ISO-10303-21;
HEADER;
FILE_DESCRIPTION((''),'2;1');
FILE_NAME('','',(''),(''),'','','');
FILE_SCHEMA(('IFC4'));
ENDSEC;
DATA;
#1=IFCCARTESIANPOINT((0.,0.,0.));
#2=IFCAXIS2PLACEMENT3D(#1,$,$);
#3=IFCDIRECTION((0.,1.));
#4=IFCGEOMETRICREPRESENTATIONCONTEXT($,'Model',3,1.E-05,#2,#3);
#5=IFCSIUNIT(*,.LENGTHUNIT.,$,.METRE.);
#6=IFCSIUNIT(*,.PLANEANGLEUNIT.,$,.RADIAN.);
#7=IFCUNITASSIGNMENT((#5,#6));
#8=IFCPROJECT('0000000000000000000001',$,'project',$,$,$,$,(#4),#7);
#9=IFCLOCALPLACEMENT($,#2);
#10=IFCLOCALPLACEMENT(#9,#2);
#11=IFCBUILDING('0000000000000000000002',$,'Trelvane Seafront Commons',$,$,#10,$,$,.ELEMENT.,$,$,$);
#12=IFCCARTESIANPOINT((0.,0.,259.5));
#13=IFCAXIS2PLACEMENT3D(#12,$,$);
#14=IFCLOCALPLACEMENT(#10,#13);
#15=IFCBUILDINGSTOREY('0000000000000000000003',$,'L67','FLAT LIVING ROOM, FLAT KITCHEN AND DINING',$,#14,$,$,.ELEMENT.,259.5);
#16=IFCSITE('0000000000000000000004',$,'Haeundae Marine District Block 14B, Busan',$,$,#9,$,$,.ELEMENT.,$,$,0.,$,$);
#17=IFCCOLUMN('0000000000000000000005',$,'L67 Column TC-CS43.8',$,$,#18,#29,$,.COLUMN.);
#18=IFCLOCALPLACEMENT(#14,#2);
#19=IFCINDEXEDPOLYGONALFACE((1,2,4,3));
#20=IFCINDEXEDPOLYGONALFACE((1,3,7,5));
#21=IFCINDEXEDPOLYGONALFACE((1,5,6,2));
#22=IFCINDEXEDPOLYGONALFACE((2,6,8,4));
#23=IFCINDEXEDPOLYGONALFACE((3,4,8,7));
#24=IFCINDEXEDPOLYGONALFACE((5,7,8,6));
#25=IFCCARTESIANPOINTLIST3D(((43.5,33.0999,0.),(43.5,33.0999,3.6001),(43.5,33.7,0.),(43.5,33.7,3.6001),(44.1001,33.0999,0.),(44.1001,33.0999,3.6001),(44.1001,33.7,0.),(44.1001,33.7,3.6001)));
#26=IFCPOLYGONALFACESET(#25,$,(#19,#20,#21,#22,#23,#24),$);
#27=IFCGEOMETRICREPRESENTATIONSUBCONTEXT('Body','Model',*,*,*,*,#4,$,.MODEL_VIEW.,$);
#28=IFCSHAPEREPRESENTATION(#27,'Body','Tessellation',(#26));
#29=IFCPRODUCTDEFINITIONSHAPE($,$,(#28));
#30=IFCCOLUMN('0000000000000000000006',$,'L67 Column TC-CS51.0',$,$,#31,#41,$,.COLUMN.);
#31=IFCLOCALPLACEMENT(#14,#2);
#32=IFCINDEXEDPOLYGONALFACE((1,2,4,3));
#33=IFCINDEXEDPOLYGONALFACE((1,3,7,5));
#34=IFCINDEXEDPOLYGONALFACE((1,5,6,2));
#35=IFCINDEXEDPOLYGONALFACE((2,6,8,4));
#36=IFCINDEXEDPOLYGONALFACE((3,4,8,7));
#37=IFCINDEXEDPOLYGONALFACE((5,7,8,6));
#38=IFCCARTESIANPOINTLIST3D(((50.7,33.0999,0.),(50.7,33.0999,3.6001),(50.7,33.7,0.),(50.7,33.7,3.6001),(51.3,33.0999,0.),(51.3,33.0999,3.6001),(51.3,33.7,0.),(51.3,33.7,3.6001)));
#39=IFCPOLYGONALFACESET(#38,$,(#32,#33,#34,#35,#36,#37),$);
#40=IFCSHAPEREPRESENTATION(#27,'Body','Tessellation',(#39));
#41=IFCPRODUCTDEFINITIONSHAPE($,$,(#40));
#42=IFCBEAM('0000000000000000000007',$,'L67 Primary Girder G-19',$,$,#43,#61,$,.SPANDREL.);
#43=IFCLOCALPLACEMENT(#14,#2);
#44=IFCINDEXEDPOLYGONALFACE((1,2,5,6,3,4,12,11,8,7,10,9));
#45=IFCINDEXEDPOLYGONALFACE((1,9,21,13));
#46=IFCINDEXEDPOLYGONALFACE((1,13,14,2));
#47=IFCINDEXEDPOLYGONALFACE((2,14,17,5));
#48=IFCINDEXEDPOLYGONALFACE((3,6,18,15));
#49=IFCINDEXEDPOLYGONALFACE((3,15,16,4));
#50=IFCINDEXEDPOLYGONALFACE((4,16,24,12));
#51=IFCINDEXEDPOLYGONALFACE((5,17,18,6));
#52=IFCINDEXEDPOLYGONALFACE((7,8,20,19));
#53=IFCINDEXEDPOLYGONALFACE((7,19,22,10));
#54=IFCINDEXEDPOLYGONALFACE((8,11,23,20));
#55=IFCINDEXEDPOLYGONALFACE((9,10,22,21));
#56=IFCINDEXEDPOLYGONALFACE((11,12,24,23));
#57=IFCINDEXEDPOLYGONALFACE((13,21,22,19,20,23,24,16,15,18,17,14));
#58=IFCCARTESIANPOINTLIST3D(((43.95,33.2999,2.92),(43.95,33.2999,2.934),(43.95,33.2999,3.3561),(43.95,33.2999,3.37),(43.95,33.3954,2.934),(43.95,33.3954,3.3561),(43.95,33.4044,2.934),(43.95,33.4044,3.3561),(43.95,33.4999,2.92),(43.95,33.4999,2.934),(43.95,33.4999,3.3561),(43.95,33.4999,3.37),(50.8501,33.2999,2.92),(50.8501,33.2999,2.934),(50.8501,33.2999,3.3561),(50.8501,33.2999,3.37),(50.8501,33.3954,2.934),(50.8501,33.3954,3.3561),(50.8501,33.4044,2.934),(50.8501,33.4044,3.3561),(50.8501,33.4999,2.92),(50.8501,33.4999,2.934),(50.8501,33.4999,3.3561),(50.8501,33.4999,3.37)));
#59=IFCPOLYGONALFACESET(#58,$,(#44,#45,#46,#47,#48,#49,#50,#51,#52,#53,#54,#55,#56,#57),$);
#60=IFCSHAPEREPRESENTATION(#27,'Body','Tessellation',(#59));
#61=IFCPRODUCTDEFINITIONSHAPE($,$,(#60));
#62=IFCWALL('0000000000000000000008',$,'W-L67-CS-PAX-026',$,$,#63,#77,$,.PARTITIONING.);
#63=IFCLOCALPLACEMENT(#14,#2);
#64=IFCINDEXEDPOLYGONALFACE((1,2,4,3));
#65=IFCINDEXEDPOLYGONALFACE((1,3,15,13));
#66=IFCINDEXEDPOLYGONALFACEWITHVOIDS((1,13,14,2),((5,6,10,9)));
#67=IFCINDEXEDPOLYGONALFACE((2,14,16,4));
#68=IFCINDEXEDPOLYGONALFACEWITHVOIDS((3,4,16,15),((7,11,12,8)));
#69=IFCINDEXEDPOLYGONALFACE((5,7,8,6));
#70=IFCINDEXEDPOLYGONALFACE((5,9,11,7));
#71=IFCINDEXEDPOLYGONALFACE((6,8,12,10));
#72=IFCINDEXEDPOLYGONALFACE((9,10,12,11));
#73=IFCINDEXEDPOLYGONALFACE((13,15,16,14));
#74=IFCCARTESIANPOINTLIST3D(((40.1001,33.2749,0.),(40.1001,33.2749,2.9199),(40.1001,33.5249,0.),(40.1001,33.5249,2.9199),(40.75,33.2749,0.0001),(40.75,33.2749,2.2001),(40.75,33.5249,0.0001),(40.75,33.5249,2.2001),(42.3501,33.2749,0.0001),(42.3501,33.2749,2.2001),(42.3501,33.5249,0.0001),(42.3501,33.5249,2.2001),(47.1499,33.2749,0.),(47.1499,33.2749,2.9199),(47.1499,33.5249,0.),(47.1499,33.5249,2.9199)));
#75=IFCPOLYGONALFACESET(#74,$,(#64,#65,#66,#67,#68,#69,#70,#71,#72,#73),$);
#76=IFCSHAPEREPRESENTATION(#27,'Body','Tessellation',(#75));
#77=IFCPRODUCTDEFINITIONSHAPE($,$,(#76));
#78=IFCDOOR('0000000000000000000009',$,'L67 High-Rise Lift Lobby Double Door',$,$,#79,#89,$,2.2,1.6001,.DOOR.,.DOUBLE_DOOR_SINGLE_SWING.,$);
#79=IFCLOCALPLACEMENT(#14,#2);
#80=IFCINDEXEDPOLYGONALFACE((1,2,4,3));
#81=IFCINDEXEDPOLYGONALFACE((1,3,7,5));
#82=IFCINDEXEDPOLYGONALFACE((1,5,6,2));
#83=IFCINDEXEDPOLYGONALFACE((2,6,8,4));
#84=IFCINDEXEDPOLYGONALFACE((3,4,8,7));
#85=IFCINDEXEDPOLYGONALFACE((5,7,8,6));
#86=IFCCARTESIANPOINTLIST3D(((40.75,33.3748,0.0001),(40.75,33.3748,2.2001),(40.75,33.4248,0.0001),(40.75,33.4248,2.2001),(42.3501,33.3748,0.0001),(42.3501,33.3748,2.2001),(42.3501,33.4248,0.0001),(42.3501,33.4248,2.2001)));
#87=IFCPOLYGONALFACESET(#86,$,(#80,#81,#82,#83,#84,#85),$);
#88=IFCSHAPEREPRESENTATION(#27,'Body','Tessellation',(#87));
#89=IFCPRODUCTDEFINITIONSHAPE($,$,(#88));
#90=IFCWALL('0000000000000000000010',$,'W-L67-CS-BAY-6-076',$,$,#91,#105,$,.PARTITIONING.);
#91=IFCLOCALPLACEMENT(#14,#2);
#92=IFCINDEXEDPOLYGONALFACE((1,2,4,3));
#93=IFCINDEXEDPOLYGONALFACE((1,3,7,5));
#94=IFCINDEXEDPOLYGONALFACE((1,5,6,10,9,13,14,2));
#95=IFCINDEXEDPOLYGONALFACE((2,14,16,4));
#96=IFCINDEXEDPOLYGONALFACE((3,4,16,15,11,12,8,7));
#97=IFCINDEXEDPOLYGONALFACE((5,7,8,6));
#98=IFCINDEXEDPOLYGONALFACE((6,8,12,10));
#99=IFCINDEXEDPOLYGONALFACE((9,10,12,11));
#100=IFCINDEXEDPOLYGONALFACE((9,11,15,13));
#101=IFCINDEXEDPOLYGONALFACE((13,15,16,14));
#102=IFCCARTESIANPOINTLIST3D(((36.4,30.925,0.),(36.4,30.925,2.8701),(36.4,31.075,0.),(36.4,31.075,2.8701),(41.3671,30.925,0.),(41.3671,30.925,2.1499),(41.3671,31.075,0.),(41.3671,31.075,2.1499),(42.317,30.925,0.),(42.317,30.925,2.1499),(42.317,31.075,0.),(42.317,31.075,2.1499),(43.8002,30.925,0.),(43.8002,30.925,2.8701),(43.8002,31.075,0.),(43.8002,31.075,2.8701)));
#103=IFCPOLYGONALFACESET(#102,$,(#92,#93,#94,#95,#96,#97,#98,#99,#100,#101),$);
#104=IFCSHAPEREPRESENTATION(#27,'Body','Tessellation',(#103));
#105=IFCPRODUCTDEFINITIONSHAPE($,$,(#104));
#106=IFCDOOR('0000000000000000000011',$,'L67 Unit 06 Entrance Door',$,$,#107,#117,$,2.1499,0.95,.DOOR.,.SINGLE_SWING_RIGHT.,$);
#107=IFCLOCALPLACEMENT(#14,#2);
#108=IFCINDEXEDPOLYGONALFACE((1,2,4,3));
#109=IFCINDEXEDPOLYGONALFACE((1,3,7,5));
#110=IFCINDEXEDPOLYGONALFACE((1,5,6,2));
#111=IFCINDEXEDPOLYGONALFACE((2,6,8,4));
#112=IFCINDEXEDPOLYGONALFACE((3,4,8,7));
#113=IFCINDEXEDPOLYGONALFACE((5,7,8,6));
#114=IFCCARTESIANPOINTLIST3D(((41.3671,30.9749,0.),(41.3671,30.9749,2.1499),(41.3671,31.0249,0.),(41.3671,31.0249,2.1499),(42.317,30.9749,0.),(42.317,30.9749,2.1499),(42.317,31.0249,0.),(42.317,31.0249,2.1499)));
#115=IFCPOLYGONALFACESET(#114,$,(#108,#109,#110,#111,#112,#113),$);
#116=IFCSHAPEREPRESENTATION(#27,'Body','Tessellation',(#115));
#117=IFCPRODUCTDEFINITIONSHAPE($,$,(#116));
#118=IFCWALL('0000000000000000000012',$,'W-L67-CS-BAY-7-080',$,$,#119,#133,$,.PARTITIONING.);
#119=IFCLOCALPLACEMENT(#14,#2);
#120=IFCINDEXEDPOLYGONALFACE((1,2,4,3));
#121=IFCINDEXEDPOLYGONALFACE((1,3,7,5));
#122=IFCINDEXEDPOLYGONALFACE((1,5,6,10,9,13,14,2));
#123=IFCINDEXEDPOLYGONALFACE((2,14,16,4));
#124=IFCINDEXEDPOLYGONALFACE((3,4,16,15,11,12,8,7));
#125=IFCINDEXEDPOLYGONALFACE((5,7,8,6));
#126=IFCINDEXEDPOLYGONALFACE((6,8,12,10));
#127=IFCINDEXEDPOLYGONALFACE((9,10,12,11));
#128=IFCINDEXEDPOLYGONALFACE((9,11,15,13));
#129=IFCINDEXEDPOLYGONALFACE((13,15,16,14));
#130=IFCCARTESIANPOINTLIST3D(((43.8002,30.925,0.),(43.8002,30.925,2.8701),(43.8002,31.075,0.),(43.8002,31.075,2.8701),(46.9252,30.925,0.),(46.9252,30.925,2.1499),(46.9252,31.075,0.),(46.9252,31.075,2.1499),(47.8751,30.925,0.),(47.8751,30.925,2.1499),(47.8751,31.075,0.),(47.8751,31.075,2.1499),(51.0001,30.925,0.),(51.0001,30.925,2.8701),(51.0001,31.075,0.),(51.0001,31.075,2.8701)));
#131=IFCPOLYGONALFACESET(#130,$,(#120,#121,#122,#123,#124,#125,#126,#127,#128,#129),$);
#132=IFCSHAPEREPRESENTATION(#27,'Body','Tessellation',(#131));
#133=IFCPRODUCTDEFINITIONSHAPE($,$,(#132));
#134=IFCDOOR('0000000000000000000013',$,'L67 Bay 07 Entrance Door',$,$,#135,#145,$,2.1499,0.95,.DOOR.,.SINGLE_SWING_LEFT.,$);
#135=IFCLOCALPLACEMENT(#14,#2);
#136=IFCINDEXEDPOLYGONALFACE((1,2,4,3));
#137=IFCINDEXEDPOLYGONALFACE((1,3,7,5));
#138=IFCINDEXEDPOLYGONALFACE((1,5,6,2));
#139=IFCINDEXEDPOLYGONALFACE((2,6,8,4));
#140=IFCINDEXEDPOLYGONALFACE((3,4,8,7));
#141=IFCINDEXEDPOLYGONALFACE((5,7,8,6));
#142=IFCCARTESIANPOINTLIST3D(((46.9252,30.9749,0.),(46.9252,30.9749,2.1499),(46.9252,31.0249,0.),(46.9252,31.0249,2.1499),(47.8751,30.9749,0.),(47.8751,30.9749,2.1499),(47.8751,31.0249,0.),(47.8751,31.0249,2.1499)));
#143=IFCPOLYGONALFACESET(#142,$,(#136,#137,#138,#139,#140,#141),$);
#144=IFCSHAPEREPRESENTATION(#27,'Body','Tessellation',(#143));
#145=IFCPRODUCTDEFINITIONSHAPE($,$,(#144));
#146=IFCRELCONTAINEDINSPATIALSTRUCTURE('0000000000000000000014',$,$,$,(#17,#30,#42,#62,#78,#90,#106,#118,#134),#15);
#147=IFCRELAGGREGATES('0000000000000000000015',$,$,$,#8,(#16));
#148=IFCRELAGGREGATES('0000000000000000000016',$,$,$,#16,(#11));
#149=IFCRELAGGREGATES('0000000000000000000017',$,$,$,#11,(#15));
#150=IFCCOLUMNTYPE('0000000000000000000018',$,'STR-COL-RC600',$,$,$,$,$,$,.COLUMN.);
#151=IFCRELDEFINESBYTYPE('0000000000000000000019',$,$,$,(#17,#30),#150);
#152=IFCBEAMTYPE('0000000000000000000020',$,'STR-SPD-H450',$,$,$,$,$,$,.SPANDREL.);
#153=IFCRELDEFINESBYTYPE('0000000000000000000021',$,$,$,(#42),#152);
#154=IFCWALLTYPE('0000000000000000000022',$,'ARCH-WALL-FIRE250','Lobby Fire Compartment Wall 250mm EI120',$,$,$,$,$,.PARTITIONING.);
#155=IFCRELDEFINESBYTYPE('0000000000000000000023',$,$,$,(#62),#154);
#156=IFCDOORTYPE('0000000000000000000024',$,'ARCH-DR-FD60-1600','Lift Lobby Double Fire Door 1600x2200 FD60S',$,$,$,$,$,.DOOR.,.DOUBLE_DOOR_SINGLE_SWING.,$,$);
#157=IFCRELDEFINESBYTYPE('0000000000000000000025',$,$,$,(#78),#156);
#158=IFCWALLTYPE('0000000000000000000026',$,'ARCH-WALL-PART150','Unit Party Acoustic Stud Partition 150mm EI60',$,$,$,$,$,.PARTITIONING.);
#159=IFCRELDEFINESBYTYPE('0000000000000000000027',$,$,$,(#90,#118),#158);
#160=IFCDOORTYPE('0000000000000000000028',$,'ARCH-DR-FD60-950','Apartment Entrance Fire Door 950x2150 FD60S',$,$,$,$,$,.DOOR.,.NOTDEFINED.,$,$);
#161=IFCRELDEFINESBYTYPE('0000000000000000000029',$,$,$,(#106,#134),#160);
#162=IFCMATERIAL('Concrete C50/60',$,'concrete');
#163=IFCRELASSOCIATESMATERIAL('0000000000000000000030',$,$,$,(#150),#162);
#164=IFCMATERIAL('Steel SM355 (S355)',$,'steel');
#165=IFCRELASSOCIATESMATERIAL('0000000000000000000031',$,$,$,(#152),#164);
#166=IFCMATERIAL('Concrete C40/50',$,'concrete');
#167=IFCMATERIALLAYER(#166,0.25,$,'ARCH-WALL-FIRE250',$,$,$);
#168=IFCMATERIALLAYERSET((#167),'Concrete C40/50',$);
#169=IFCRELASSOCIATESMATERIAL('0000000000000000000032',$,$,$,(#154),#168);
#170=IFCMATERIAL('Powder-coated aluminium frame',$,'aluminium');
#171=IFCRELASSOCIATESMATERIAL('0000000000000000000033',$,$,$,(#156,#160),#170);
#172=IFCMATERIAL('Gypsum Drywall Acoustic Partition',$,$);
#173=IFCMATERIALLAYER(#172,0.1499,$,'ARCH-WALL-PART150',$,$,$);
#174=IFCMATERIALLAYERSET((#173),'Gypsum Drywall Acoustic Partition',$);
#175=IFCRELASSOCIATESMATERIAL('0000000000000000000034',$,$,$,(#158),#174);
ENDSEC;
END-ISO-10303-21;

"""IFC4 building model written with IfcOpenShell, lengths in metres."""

from ifc_helpers import new_model, si_unit, direction, frame, frame_2d, origin, origin_2d, place, context, subcontext, project, spatial, rectangle, i_section, extrude, source, transform, mapped, material, layer, layer_set, material_profile, profile_set, type_object, element, fill, save


model = new_model("IFC4")

# Units and contexts
model_context = context("Model", 3, precision=1e-05, world=origin(), true_north=direction((0.0, 1.0)))
body_context = subcontext(model_context, "Body", "Model", "MODEL_VIEW")
ifc_project = project(units=[si_unit("LENGTHUNIT", "METRE"), si_unit("PLANEANGLEUNIT", "RADIAN")], contexts=[model_context])

# Site, building, storey
site_placement = place(None, origin())
site = spatial("IfcSite", under=ifc_project, at=site_placement, Name="Haeundae Marine District Block 14B, Busan", CompositionType="ELEMENT", RefElevation=0.0)
building_placement = place(site_placement, origin())
building = spatial("IfcBuilding", under=site, at=building_placement, Name="Trelvane Seafront Commons", CompositionType="ELEMENT")
storey_placement = place(building_placement, frame((0.0, 0.0, 259.5)))
storey = spatial("IfcBuildingStorey", under=building, at=storey_placement, Name="L67", Description="FLAT LIVING ROOM, FLAT KITCHEN AND DINING", CompositionType="ELEMENT", Elevation=259.5)

# Columns
ifc_material_1 = material(Name="Concrete C50/60", Category="concrete")
ifc_material_profile_1 = material_profile(ifc_material_1, rectangle(XDim=0.6001, YDim=0.6001, at=origin_2d()), Name="RC-600x600")
ifc_profile_set_1 = profile_set([ifc_material_profile_1], Name="Concrete C50/60")
column_type = type_object("IfcColumnType", Name="STR-COL-RC600", PredefinedType="COLUMN", material=ifc_profile_set_1)
shared_shape_1 = source(origin(), body_context, "Body", "SweptSolid", [
    extrude(rectangle(XDim=0.6001, YDim=0.6001, at=origin_2d()), origin(), (0.0, 0.0, 1.0), 3.6001),
])
for number, where, z_axis, x_axis, name in (
    (1, (43.8, 33.3999, 0.0), (0.0, 0.0, 1.0), (1.0, 0.0, 0.0), "L67 Column TC-CS43.8"),
    (2, (51.0, 33.3999, 0.0), (0.0, 0.0, 1.0), (1.0, 0.0, 0.0), "L67 Column TC-CS51.0"),
):
    element("IfcColumn", number, at=place(storey_placement, frame(where, z_axis=z_axis, x_axis=x_axis)), inside=storey, type_object=column_type, Name=name, PredefinedType="COLUMN", context=body_context, shape_type="MappedRepresentation", body=[
        mapped(shared_shape_1, transform((0.0, 0.0, 0.0), x_axis=(1.0, 0.0, 0.0), y_axis=(0.0, 1.0, 0.0), z_axis=(0.0, 0.0, 1.0), scale=1.0)),
    ])

# Beam
ifc_material_2 = material(Name="Steel SM355 (S355)", Category="steel")
ifc_material_profile_2 = material_profile(ifc_material_2, i_section(OverallWidth=0.2, OverallDepth=0.45, WebThickness=0.009, FlangeThickness=0.0139, at=origin_2d()), Name="H-450x200x9x14")
ifc_profile_set_2 = profile_set([ifc_material_profile_2], Name="Steel SM355 (S355)")
beam_type = type_object("IfcBeamType", Name="STR-SPD-H450", PredefinedType="SPANDREL", material=ifc_profile_set_2)
shared_shape_2 = source(origin(), body_context, "Body", "SweptSolid", [
    extrude(i_section(OverallWidth=0.2, OverallDepth=0.45, WebThickness=0.009, FlangeThickness=0.0139, at=origin_2d()), origin(), (0.0, 0.0, 1.0), 6.9001),
])
beam_placement = place(storey_placement, frame((43.95, 33.3999, 3.145), z_axis=(1.0, 0.0, 0.0), x_axis=(0.0, 1.0, 0.0)))
element("IfcBeam", 3, at=beam_placement, inside=storey, type_object=beam_type, Name="L67 Primary Girder G-19", PredefinedType="SPANDREL", context=body_context, shape_type="MappedRepresentation", body=[
    mapped(shared_shape_2, transform((0.0, 0.0, 0.0), x_axis=(1.0, 0.0, 0.0), y_axis=(0.0, 1.0, 0.0), z_axis=(0.0, 0.0, 1.0), scale=1.0)),
])

# Wall, opening, door
ifc_material_3 = material(Name="Concrete C40/50", Category="concrete")
ifc_layer_1 = layer(ifc_material_3, 0.25, Name="ARCH-WALL-FIRE250")
ifc_layer_set_1 = layer_set([ifc_layer_1], Name="Concrete C40/50")
wall_type_1 = type_object("IfcWallType", Name="ARCH-WALL-FIRE250", Description="Lobby Fire Compartment Wall 250mm EI120", PredefinedType="PARTITIONING", material=ifc_layer_set_1)
wall_1_placement = place(storey_placement, frame((40.1001, 33.3999, 0.0), z_axis=(0.0, 0.0, 1.0), x_axis=(1.0, 0.0, 0.0)))
wall_1 = element("IfcWall", 4, at=wall_1_placement, inside=storey, type_object=wall_type_1, Name="W-L67-CS-PAX-026", PredefinedType="PARTITIONING", context=body_context, shape_type="SweptSolid", body=[
    extrude(rectangle(XDim=7.0498, YDim=0.25, at=frame_2d((3.5249, 0.0))), origin(), (0.0, 0.0, 1.0), 2.9199),
])
opening_1_placement = place(wall_1_placement, frame((0.6499, 0.0, 0.0)))
opening_1 = element("IfcOpeningElement", 5, at=opening_1_placement, cuts=wall_1, PredefinedType="OPENING", context=body_context, shape_type="SweptSolid", body=[
    extrude(rectangle(XDim=1.6001, YDim=2.2, at=frame_2d((0.8, 1.1001))), frame((0.0, 0.135, 0.0), z_axis=(0.0, -1.0, 0.0), x_axis=(1.0, 0.0, 0.0)), (0.0, 0.0, 1.0), 0.27),
])
ifc_material_4 = material(Name="Powder-coated aluminium frame", Category="aluminium")
door_type_1 = type_object("IfcDoorType", Name="ARCH-DR-FD60-1600", Description="Lift Lobby Double Fire Door 1600x2200 FD60S", OperationType="DOUBLE_DOOR_SINGLE_SWING", PredefinedType="DOOR", material=ifc_material_4)
shared_shape_3 = source(origin(), body_context, "Body", "SweptSolid", [
    extrude(rectangle(XDim=1.6001, YDim=2.2, at=frame_2d((0.8, 1.1001))), frame((0.0, 0.0249, 0.0), z_axis=(0.0, -1.0, 0.0), x_axis=(1.0, 0.0, 0.0)), (0.0, 0.0, 1.0), 0.05),
])
door_1_placement = place(opening_1_placement, origin())
door_1 = element("IfcDoor", 6, at=door_1_placement, inside=storey, type_object=door_type_1, Name="L67 High-Rise Lift Lobby Double Door", OperationType="DOUBLE_DOOR_SINGLE_SWING", OverallHeight=2.2, OverallWidth=1.6001, PredefinedType="DOOR", context=body_context, shape_type="MappedRepresentation", body=[
    mapped(shared_shape_3, transform((0.0, 0.0, 0.0), x_axis=(1.0, 0.0, 0.0), y_axis=(0.0, 1.0, 0.0), z_axis=(0.0, 0.0, 1.0), scale=1.0)),
])
fill(opening_1, door_1)

# Shared definitions
door_type_2 = type_object("IfcDoorType", Name="ARCH-DR-FD60-950", Description="Apartment Entrance Fire Door 950x2150 FD60S", OperationType="NOTDEFINED", PredefinedType="DOOR", material=ifc_material_4)
shared_shape_4 = source(origin(), body_context, "Body", "SweptSolid", [
    extrude(rectangle(XDim=0.95, YDim=2.1499, at=frame_2d((0.4751, 1.075))), frame((0.0, 0.0249, 0.0), z_axis=(0.0, -1.0, 0.0), x_axis=(1.0, 0.0, 0.0)), (0.0, 0.0, 1.0), 0.05),
])
ifc_material_5 = material(Name="Gypsum Drywall Acoustic Partition")

# Walls, openings, doors
ifc_layer_2 = layer(ifc_material_5, 0.1499, Name="ARCH-WALL-PART150")
ifc_layer_set_2 = layer_set([ifc_layer_2], Name="Gypsum Drywall Acoustic Partition")
wall_type_2 = type_object("IfcWallType", Name="ARCH-WALL-PART150", Description="Unit Party Acoustic Stud Partition 150mm EI60", PredefinedType="PARTITIONING", material=ifc_layer_set_2)
wall_2_placement = place(storey_placement, frame((36.3999, 31.0, 0.0), z_axis=(0.0, 0.0, 1.0), x_axis=(1.0, 0.0, 0.0)))
wall_2 = element("IfcWall", 7, at=wall_2_placement, inside=storey, type_object=wall_type_2, Name="W-L67-CS-BAY-6-076", PredefinedType="PARTITIONING", context=body_context, shape_type="SweptSolid", body=[
    extrude(rectangle(XDim=7.4001, YDim=0.1499, at=frame_2d((3.7002, 0.0))), origin(), (0.0, 0.0, 1.0), 2.8701),
])
opening_2_placement = place(wall_2_placement, frame((4.967, 0.0, 0.0)))
opening_2 = element("IfcOpeningElement", 8, at=opening_2_placement, cuts=wall_2, PredefinedType="OPENING", context=body_context, shape_type="SweptSolid", body=[
    extrude(rectangle(XDim=0.95, YDim=2.1499, at=frame_2d((0.4751, 1.075))), frame((0.0, 0.085, 0.0), z_axis=(0.0, -1.0, 0.0), x_axis=(1.0, 0.0, 0.0)), (0.0, 0.0, 1.0), 0.1699),
])
door_2_placement = place(opening_2_placement, origin())
door_2 = element("IfcDoor", 9, at=door_2_placement, inside=storey, type_object=door_type_2, Name="L67 Unit 06 Entrance Door", OperationType="SINGLE_SWING_RIGHT", OverallHeight=2.1499, OverallWidth=0.95, PredefinedType="DOOR", context=body_context, shape_type="MappedRepresentation", body=[
    mapped(shared_shape_4, transform((0.0, 0.0, 0.0), x_axis=(1.0, 0.0, 0.0), y_axis=(0.0, 1.0, 0.0), z_axis=(0.0, 0.0, 1.0), scale=1.0)),
])
fill(opening_2, door_2)
wall_3_placement = place(storey_placement, frame((43.8, 31.0, 0.0), z_axis=(0.0, 0.0, 1.0), x_axis=(1.0, 0.0, 0.0)))
wall_3 = element("IfcWall", 10, at=wall_3_placement, inside=storey, type_object=wall_type_2, Name="W-L67-CS-BAY-7-080", PredefinedType="PARTITIONING", context=body_context, shape_type="SweptSolid", body=[
    extrude(rectangle(XDim=7.2, YDim=0.1499, at=frame_2d((3.6001, 0.0))), origin(), (0.0, 0.0, 1.0), 2.8701),
])
opening_3_placement = place(wall_3_placement, frame((3.125, 0.0, 0.0)))
opening_3 = element("IfcOpeningElement", 11, at=opening_3_placement, cuts=wall_3, PredefinedType="OPENING", context=body_context, shape_type="SweptSolid", body=[
    extrude(rectangle(XDim=0.95, YDim=2.1499, at=frame_2d((0.4751, 1.075))), frame((0.0, 0.085, 0.0), z_axis=(0.0, -1.0, 0.0), x_axis=(1.0, 0.0, 0.0)), (0.0, 0.0, 1.0), 0.1699),
])
door_3_placement = place(opening_3_placement, origin())
door_3 = element("IfcDoor", 12, at=door_3_placement, inside=storey, type_object=door_type_2, Name="L67 Bay 07 Entrance Door", OperationType="SINGLE_SWING_LEFT", OverallHeight=2.1499, OverallWidth=0.95, PredefinedType="DOOR", context=body_context, shape_type="MappedRepresentation", body=[
    mapped(shared_shape_4, transform((0.0, 0.0, 0.0), x_axis=(1.0, 0.0, 0.0), y_axis=(0.0, 1.0, 0.0), z_axis=(0.0, 0.0, 1.0), scale=1.0)),
])
fill(opening_3, door_3)

save(model, "model.ifc")
